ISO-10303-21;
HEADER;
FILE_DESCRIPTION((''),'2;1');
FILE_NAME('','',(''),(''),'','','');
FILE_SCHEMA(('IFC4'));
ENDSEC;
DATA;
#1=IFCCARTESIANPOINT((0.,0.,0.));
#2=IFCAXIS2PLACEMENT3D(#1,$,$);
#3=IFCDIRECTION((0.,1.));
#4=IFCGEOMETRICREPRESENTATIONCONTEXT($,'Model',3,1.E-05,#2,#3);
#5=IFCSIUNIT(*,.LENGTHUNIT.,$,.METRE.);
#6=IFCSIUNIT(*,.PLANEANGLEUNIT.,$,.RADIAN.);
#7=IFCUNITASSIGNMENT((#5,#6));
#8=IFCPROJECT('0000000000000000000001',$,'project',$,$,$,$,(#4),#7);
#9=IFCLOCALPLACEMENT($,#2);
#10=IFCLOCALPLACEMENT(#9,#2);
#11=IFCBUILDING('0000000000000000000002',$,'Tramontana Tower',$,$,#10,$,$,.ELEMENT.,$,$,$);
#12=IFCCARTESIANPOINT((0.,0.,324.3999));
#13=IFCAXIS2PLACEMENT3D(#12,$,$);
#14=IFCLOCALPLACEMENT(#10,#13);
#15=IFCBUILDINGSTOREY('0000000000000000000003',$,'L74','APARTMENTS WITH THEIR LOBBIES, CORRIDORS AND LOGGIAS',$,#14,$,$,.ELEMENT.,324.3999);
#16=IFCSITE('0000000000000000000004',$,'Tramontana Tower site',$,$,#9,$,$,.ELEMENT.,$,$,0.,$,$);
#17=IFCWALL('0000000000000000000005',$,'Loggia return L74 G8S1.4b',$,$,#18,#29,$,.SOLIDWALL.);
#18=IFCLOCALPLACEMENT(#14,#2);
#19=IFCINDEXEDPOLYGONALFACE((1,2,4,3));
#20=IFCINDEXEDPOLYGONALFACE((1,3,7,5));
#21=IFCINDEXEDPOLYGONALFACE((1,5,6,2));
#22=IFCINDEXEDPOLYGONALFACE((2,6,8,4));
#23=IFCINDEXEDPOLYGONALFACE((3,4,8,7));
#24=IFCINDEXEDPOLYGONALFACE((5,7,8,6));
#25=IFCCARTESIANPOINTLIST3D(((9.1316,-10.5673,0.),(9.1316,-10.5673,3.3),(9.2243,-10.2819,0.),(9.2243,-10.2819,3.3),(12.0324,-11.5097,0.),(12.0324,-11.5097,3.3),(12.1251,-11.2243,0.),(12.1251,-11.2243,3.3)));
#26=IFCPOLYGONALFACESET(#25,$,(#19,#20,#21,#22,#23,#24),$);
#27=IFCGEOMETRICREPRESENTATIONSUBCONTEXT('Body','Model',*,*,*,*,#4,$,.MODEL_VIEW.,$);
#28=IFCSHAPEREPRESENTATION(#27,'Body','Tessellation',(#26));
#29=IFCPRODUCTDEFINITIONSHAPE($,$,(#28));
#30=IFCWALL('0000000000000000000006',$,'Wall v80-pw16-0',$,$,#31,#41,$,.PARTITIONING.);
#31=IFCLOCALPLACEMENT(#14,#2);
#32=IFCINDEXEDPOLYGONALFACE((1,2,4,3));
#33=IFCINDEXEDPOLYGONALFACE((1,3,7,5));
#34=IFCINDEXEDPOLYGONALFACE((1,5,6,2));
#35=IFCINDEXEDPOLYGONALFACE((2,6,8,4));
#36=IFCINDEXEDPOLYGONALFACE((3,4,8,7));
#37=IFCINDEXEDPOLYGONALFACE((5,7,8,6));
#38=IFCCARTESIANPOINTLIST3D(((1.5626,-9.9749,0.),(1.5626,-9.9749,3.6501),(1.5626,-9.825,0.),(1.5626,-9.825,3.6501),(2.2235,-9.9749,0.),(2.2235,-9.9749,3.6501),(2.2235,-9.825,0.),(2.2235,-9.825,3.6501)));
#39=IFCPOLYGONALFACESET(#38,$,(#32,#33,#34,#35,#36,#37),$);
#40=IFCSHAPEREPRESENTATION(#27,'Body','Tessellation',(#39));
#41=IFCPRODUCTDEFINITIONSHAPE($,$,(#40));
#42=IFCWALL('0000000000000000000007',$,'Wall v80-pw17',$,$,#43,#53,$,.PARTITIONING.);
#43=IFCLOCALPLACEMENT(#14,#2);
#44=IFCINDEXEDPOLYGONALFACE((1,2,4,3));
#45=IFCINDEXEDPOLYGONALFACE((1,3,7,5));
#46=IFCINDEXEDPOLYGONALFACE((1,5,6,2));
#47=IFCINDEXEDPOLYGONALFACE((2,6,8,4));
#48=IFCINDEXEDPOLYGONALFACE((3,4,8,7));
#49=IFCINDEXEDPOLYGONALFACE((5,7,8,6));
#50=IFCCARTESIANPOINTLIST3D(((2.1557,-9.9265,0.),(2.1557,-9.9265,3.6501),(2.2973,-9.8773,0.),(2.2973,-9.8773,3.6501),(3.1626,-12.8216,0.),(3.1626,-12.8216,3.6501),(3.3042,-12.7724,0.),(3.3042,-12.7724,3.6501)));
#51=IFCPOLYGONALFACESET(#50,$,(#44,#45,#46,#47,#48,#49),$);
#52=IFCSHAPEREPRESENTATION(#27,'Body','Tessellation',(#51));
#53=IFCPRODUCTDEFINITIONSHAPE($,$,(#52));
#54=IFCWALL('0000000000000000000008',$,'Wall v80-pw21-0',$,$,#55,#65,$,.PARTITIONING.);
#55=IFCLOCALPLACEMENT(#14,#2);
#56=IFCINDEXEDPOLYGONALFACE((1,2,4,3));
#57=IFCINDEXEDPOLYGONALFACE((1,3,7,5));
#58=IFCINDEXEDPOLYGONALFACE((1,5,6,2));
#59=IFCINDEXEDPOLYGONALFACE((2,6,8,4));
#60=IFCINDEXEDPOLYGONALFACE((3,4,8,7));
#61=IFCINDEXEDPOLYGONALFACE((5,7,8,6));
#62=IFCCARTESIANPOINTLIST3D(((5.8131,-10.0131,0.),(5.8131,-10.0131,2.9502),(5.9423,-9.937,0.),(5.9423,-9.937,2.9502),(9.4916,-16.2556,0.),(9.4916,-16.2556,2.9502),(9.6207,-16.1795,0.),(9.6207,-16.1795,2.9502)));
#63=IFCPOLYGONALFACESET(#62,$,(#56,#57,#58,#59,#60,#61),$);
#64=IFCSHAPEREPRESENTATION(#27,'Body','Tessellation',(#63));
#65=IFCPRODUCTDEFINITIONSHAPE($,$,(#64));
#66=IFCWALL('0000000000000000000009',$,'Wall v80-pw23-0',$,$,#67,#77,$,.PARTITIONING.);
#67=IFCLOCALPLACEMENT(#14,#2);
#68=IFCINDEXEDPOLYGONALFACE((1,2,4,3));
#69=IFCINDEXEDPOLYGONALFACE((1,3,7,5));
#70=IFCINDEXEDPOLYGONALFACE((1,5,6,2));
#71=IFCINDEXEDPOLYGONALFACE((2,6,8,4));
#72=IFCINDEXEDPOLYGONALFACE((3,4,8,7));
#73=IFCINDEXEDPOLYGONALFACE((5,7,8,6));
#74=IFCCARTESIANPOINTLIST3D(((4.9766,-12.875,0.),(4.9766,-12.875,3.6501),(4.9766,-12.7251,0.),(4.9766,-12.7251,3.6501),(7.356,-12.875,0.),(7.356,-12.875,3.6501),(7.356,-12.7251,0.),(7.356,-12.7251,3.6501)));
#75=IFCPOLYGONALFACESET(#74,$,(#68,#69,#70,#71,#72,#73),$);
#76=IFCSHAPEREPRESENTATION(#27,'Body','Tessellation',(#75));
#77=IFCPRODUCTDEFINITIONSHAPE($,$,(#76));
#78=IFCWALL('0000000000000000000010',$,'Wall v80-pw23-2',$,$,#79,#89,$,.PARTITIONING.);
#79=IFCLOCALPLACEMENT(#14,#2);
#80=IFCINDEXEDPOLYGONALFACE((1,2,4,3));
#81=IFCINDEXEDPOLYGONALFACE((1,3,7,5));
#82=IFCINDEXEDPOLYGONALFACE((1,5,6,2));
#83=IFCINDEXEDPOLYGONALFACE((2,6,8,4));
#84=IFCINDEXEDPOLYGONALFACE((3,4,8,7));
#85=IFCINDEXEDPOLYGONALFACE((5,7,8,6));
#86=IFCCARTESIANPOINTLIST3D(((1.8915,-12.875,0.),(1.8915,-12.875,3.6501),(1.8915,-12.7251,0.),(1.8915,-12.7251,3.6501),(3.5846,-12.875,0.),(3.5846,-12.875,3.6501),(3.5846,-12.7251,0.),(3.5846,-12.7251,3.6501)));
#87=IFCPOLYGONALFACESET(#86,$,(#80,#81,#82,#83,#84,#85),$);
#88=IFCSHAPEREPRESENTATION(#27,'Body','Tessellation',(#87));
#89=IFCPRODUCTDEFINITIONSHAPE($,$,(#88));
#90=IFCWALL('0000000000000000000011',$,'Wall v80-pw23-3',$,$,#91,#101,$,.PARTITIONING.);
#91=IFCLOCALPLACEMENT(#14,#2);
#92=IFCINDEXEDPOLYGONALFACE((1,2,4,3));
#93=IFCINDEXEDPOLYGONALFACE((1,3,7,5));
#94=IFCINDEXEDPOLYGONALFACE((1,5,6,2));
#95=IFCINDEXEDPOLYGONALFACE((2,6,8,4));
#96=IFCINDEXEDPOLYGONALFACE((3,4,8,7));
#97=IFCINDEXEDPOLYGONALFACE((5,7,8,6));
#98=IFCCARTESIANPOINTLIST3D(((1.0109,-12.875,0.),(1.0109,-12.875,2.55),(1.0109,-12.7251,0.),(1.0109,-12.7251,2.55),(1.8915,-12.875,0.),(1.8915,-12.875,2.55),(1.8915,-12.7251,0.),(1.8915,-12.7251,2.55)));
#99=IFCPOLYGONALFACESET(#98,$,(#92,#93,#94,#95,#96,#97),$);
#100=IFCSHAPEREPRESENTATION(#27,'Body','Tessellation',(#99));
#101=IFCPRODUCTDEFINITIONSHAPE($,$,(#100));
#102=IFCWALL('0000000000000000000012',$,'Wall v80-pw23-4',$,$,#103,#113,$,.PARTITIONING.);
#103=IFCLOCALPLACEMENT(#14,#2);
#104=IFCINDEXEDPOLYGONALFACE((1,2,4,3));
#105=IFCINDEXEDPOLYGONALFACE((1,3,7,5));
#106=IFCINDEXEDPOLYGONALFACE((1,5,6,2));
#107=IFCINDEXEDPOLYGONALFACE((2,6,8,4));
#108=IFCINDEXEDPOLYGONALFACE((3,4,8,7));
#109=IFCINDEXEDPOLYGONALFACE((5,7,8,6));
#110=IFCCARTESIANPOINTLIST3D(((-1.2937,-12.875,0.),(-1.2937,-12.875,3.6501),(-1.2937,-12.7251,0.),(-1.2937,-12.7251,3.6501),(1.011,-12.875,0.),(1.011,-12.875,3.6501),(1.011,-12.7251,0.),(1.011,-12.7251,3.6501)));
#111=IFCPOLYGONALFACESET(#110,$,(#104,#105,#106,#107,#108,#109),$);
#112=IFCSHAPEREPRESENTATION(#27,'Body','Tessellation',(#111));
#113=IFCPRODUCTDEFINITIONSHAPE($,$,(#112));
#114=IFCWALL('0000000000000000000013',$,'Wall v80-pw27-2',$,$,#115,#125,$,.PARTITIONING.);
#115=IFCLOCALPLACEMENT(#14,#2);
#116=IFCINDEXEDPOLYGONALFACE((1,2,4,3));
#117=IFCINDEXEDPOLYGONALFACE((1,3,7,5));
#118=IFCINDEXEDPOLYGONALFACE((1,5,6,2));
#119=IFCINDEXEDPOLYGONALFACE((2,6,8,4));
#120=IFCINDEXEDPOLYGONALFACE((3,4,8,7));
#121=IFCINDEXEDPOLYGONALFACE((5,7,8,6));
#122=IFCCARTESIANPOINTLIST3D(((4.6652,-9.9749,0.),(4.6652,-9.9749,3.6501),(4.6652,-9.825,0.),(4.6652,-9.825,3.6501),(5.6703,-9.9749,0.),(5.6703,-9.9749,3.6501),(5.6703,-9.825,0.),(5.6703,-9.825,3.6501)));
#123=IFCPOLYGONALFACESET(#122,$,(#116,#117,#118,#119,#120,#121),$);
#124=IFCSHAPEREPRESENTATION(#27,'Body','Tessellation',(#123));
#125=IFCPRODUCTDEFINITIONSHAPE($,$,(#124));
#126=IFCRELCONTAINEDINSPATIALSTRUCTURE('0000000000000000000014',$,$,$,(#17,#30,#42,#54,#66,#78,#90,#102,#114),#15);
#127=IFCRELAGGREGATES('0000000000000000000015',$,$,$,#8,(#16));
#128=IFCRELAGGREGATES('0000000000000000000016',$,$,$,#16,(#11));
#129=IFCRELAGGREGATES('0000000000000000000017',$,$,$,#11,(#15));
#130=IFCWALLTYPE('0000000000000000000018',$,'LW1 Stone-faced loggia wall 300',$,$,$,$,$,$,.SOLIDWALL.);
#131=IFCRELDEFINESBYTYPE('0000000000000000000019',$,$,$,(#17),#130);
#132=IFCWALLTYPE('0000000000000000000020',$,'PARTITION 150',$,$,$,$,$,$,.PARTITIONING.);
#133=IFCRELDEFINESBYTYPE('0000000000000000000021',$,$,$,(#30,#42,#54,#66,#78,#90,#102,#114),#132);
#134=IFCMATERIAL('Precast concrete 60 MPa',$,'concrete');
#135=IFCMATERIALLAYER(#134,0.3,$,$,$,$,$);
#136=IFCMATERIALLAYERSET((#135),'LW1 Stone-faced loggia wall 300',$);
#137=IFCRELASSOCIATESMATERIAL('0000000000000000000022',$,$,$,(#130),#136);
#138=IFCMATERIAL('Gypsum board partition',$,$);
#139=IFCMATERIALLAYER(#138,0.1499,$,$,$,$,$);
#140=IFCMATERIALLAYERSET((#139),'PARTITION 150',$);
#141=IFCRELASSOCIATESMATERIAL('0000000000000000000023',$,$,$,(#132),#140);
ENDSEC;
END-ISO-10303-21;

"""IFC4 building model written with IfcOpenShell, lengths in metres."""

from ifc_helpers import new_model, si_unit, direction, frame, frame_2d, origin, place, context, subcontext, project, spatial, rectangle, extrude, material, layer, layer_set, type_object, element, save


model = new_model("IFC4")

# Units and contexts
model_context = context("Model", 3, precision=1e-05, world=origin(), true_north=direction((0.0, 1.0)))
body_context = subcontext(model_context, "Body", "Model", "MODEL_VIEW")
ifc_project = project(units=[si_unit("LENGTHUNIT", "METRE"), si_unit("PLANEANGLEUNIT", "RADIAN")], contexts=[model_context])

# Site, building, storey
site_placement = place(None, origin())
site = spatial("IfcSite", under=ifc_project, at=site_placement, Name="Tramontana Tower site", CompositionType="ELEMENT", RefElevation=0.0)
building_placement = place(site_placement, origin())
building = spatial("IfcBuilding", under=site, at=building_placement, Name="Tramontana Tower", CompositionType="ELEMENT")
storey_placement = place(building_placement, frame((0.0, 0.0, 324.3999)))
storey = spatial("IfcBuildingStorey", under=building, at=storey_placement, Name="L74", Description="APARTMENTS WITH THEIR LOBBIES, CORRIDORS AND LOGGIAS", CompositionType="ELEMENT", Elevation=324.3999)

# Shared definitions
ifc_material_1 = material(Name="Precast concrete 60 MPa", Category="concrete")
ifc_layer_1 = layer(ifc_material_1, 0.3)
ifc_layer_set_1 = layer_set([ifc_layer_1], Name="LW1 Stone-faced loggia wall 300")
wall_type_1 = type_object("IfcWallType", Name="LW1 Stone-faced loggia wall 300", PredefinedType="SOLIDWALL", material=ifc_layer_set_1)

# Walls
for number, where, z_axis, x_axis, name in (
    (1, (12.0786, -11.3669, 0.0), (0.0, 0.0, 1.0), (-0.951073, 0.308967, 0.0), "Loggia return L74 G8S1.4b"),
):
    element("IfcWall", number, at=place(storey_placement, frame(where, z_axis=z_axis, x_axis=x_axis)), inside=storey, type_object=wall_type_1, Name=name, PredefinedType="SOLIDWALL", context=body_context, shape_type="SweptSolid", body=[
        extrude(rectangle(XDim=3.05, YDim=0.3, at=frame_2d((1.5249, 0.0))), origin(), (0.0, 0.0, 1.0), 3.3),
    ])
ifc_material_2 = material(Name="Gypsum board partition")
ifc_layer_2 = layer(ifc_material_2, 0.1499)
ifc_layer_set_2 = layer_set([ifc_layer_2], Name="PARTITION 150")
wall_type_2 = type_object("IfcWallType", Name="PARTITION 150", PredefinedType="PARTITIONING", material=ifc_layer_set_2)
wall_1_placement = place(storey_placement, frame((2.2236, -9.8999, 0.0), z_axis=(0.0, 0.0, 1.0), x_axis=(-1.0, 0.0, 0.0)))
element("IfcWall", 2, at=wall_1_placement, inside=storey, type_object=wall_type_2, Name="Wall v80-pw16-0", PredefinedType="PARTITIONING", context=body_context, shape_type="SweptSolid", body=[
    extrude(rectangle(XDim=0.6609, YDim=0.1499, at=frame_2d((0.3306, 0.0))), origin(), (0.0, 0.0, 1.0), 3.6501),
])

# Wall
wall_2_placement = place(storey_placement, frame((3.2334, -12.7971, 0.0), z_axis=(0.0, 0.0, 1.0), x_axis=(-0.328484, 0.94451, 0.0)))
element("IfcWall", 3, at=wall_2_placement, inside=storey, type_object=wall_type_2, Name="Wall v80-pw17", PredefinedType="PARTITIONING", context=body_context, shape_type="SweptSolid", body=[
    extrude(rectangle(XDim=3.0652, YDim=0.1499, at=frame_2d((1.5327, 0.0))), origin(), (0.0, 0.0, 1.0), 3.6501),
])

# Walls
wall_3_placement = place(storey_placement, frame((5.8777, -9.9751, 0.0), z_axis=(0.0, 0.0, 1.0), x_axis=(0.507681, -0.861545, 0.0)))
element("IfcWall", 4, at=wall_3_placement, inside=storey, type_object=wall_type_2, Name="Wall v80-pw21-0", PredefinedType="PARTITIONING", context=body_context, shape_type="SweptSolid", body=[
    extrude(rectangle(XDim=7.2456, YDim=0.1499, at=frame_2d((3.6228, 0.0))), origin(), (0.0, 0.0, 1.0), 2.9502),
])
wall_4_placement = place(storey_placement, frame((7.356, -12.8, 0.0), z_axis=(0.0, 0.0, 1.0), x_axis=(-1.0, 0.0, 0.0)))
element("IfcWall", 5, at=wall_4_placement, inside=storey, type_object=wall_type_2, Name="Wall v80-pw23-0", PredefinedType="PARTITIONING", context=body_context, shape_type="SweptSolid", body=[
    extrude(rectangle(XDim=2.3794, YDim=0.1499, at=frame_2d((1.1897, 0.0))), origin(), (0.0, 0.0, 1.0), 3.6501),
])

# Walls
wall_5_placement = place(storey_placement, frame((3.5847, -12.8, 0.0), z_axis=(0.0, 0.0, 1.0), x_axis=(-1.0, 0.0, 0.0)))
element("IfcWall", 6, at=wall_5_placement, inside=storey, type_object=wall_type_2, Name="Wall v80-pw23-2", PredefinedType="PARTITIONING", context=body_context, shape_type="SweptSolid", body=[
    extrude(rectangle(XDim=1.6931, YDim=0.1499, at=frame_2d((0.8467, 0.0))), origin(), (0.0, 0.0, 1.0), 3.6501),
])
wall_6_placement = place(storey_placement, frame((1.8916, -12.8, 0.0), z_axis=(0.0, 0.0, 1.0), x_axis=(-1.0, 0.0, 0.0)))
element("IfcWall", 7, at=wall_6_placement, inside=storey, type_object=wall_type_2, Name="Wall v80-pw23-3", PredefinedType="PARTITIONING", context=body_context, shape_type="SweptSolid", body=[
    extrude(rectangle(XDim=0.8806, YDim=0.1499, at=frame_2d((0.4404, 0.0))), origin(), (0.0, 0.0, 1.0), 2.55),
])
wall_7_placement = place(storey_placement, frame((1.011, -12.8, 0.0), z_axis=(0.0, 0.0, 1.0), x_axis=(-1.0, 0.0, 0.0)))
element("IfcWall", 8, at=wall_7_placement, inside=storey, type_object=wall_type_2, Name="Wall v80-pw23-4", PredefinedType="PARTITIONING", context=body_context, shape_type="SweptSolid", body=[
    extrude(rectangle(XDim=2.3047, YDim=0.1499, at=frame_2d((1.1523, 0.0))), origin(), (0.0, 0.0, 1.0), 3.6501),
])
wall_8_placement = place(storey_placement, frame((5.6702, -9.8999, 0.0), z_axis=(0.0, 0.0, 1.0), x_axis=(-1.0, 0.0, 0.0)))
element("IfcWall", 9, at=wall_8_placement, inside=storey, type_object=wall_type_2, Name="Wall v80-pw27-2", PredefinedType="PARTITIONING", context=body_context, shape_type="SweptSolid", body=[
    extrude(rectangle(XDim=1.0051, YDim=0.1499, at=frame_2d((0.5024, 0.0))), origin(), (0.0, 0.0, 1.0), 3.6501),
])

save(model, "model.ifc")
